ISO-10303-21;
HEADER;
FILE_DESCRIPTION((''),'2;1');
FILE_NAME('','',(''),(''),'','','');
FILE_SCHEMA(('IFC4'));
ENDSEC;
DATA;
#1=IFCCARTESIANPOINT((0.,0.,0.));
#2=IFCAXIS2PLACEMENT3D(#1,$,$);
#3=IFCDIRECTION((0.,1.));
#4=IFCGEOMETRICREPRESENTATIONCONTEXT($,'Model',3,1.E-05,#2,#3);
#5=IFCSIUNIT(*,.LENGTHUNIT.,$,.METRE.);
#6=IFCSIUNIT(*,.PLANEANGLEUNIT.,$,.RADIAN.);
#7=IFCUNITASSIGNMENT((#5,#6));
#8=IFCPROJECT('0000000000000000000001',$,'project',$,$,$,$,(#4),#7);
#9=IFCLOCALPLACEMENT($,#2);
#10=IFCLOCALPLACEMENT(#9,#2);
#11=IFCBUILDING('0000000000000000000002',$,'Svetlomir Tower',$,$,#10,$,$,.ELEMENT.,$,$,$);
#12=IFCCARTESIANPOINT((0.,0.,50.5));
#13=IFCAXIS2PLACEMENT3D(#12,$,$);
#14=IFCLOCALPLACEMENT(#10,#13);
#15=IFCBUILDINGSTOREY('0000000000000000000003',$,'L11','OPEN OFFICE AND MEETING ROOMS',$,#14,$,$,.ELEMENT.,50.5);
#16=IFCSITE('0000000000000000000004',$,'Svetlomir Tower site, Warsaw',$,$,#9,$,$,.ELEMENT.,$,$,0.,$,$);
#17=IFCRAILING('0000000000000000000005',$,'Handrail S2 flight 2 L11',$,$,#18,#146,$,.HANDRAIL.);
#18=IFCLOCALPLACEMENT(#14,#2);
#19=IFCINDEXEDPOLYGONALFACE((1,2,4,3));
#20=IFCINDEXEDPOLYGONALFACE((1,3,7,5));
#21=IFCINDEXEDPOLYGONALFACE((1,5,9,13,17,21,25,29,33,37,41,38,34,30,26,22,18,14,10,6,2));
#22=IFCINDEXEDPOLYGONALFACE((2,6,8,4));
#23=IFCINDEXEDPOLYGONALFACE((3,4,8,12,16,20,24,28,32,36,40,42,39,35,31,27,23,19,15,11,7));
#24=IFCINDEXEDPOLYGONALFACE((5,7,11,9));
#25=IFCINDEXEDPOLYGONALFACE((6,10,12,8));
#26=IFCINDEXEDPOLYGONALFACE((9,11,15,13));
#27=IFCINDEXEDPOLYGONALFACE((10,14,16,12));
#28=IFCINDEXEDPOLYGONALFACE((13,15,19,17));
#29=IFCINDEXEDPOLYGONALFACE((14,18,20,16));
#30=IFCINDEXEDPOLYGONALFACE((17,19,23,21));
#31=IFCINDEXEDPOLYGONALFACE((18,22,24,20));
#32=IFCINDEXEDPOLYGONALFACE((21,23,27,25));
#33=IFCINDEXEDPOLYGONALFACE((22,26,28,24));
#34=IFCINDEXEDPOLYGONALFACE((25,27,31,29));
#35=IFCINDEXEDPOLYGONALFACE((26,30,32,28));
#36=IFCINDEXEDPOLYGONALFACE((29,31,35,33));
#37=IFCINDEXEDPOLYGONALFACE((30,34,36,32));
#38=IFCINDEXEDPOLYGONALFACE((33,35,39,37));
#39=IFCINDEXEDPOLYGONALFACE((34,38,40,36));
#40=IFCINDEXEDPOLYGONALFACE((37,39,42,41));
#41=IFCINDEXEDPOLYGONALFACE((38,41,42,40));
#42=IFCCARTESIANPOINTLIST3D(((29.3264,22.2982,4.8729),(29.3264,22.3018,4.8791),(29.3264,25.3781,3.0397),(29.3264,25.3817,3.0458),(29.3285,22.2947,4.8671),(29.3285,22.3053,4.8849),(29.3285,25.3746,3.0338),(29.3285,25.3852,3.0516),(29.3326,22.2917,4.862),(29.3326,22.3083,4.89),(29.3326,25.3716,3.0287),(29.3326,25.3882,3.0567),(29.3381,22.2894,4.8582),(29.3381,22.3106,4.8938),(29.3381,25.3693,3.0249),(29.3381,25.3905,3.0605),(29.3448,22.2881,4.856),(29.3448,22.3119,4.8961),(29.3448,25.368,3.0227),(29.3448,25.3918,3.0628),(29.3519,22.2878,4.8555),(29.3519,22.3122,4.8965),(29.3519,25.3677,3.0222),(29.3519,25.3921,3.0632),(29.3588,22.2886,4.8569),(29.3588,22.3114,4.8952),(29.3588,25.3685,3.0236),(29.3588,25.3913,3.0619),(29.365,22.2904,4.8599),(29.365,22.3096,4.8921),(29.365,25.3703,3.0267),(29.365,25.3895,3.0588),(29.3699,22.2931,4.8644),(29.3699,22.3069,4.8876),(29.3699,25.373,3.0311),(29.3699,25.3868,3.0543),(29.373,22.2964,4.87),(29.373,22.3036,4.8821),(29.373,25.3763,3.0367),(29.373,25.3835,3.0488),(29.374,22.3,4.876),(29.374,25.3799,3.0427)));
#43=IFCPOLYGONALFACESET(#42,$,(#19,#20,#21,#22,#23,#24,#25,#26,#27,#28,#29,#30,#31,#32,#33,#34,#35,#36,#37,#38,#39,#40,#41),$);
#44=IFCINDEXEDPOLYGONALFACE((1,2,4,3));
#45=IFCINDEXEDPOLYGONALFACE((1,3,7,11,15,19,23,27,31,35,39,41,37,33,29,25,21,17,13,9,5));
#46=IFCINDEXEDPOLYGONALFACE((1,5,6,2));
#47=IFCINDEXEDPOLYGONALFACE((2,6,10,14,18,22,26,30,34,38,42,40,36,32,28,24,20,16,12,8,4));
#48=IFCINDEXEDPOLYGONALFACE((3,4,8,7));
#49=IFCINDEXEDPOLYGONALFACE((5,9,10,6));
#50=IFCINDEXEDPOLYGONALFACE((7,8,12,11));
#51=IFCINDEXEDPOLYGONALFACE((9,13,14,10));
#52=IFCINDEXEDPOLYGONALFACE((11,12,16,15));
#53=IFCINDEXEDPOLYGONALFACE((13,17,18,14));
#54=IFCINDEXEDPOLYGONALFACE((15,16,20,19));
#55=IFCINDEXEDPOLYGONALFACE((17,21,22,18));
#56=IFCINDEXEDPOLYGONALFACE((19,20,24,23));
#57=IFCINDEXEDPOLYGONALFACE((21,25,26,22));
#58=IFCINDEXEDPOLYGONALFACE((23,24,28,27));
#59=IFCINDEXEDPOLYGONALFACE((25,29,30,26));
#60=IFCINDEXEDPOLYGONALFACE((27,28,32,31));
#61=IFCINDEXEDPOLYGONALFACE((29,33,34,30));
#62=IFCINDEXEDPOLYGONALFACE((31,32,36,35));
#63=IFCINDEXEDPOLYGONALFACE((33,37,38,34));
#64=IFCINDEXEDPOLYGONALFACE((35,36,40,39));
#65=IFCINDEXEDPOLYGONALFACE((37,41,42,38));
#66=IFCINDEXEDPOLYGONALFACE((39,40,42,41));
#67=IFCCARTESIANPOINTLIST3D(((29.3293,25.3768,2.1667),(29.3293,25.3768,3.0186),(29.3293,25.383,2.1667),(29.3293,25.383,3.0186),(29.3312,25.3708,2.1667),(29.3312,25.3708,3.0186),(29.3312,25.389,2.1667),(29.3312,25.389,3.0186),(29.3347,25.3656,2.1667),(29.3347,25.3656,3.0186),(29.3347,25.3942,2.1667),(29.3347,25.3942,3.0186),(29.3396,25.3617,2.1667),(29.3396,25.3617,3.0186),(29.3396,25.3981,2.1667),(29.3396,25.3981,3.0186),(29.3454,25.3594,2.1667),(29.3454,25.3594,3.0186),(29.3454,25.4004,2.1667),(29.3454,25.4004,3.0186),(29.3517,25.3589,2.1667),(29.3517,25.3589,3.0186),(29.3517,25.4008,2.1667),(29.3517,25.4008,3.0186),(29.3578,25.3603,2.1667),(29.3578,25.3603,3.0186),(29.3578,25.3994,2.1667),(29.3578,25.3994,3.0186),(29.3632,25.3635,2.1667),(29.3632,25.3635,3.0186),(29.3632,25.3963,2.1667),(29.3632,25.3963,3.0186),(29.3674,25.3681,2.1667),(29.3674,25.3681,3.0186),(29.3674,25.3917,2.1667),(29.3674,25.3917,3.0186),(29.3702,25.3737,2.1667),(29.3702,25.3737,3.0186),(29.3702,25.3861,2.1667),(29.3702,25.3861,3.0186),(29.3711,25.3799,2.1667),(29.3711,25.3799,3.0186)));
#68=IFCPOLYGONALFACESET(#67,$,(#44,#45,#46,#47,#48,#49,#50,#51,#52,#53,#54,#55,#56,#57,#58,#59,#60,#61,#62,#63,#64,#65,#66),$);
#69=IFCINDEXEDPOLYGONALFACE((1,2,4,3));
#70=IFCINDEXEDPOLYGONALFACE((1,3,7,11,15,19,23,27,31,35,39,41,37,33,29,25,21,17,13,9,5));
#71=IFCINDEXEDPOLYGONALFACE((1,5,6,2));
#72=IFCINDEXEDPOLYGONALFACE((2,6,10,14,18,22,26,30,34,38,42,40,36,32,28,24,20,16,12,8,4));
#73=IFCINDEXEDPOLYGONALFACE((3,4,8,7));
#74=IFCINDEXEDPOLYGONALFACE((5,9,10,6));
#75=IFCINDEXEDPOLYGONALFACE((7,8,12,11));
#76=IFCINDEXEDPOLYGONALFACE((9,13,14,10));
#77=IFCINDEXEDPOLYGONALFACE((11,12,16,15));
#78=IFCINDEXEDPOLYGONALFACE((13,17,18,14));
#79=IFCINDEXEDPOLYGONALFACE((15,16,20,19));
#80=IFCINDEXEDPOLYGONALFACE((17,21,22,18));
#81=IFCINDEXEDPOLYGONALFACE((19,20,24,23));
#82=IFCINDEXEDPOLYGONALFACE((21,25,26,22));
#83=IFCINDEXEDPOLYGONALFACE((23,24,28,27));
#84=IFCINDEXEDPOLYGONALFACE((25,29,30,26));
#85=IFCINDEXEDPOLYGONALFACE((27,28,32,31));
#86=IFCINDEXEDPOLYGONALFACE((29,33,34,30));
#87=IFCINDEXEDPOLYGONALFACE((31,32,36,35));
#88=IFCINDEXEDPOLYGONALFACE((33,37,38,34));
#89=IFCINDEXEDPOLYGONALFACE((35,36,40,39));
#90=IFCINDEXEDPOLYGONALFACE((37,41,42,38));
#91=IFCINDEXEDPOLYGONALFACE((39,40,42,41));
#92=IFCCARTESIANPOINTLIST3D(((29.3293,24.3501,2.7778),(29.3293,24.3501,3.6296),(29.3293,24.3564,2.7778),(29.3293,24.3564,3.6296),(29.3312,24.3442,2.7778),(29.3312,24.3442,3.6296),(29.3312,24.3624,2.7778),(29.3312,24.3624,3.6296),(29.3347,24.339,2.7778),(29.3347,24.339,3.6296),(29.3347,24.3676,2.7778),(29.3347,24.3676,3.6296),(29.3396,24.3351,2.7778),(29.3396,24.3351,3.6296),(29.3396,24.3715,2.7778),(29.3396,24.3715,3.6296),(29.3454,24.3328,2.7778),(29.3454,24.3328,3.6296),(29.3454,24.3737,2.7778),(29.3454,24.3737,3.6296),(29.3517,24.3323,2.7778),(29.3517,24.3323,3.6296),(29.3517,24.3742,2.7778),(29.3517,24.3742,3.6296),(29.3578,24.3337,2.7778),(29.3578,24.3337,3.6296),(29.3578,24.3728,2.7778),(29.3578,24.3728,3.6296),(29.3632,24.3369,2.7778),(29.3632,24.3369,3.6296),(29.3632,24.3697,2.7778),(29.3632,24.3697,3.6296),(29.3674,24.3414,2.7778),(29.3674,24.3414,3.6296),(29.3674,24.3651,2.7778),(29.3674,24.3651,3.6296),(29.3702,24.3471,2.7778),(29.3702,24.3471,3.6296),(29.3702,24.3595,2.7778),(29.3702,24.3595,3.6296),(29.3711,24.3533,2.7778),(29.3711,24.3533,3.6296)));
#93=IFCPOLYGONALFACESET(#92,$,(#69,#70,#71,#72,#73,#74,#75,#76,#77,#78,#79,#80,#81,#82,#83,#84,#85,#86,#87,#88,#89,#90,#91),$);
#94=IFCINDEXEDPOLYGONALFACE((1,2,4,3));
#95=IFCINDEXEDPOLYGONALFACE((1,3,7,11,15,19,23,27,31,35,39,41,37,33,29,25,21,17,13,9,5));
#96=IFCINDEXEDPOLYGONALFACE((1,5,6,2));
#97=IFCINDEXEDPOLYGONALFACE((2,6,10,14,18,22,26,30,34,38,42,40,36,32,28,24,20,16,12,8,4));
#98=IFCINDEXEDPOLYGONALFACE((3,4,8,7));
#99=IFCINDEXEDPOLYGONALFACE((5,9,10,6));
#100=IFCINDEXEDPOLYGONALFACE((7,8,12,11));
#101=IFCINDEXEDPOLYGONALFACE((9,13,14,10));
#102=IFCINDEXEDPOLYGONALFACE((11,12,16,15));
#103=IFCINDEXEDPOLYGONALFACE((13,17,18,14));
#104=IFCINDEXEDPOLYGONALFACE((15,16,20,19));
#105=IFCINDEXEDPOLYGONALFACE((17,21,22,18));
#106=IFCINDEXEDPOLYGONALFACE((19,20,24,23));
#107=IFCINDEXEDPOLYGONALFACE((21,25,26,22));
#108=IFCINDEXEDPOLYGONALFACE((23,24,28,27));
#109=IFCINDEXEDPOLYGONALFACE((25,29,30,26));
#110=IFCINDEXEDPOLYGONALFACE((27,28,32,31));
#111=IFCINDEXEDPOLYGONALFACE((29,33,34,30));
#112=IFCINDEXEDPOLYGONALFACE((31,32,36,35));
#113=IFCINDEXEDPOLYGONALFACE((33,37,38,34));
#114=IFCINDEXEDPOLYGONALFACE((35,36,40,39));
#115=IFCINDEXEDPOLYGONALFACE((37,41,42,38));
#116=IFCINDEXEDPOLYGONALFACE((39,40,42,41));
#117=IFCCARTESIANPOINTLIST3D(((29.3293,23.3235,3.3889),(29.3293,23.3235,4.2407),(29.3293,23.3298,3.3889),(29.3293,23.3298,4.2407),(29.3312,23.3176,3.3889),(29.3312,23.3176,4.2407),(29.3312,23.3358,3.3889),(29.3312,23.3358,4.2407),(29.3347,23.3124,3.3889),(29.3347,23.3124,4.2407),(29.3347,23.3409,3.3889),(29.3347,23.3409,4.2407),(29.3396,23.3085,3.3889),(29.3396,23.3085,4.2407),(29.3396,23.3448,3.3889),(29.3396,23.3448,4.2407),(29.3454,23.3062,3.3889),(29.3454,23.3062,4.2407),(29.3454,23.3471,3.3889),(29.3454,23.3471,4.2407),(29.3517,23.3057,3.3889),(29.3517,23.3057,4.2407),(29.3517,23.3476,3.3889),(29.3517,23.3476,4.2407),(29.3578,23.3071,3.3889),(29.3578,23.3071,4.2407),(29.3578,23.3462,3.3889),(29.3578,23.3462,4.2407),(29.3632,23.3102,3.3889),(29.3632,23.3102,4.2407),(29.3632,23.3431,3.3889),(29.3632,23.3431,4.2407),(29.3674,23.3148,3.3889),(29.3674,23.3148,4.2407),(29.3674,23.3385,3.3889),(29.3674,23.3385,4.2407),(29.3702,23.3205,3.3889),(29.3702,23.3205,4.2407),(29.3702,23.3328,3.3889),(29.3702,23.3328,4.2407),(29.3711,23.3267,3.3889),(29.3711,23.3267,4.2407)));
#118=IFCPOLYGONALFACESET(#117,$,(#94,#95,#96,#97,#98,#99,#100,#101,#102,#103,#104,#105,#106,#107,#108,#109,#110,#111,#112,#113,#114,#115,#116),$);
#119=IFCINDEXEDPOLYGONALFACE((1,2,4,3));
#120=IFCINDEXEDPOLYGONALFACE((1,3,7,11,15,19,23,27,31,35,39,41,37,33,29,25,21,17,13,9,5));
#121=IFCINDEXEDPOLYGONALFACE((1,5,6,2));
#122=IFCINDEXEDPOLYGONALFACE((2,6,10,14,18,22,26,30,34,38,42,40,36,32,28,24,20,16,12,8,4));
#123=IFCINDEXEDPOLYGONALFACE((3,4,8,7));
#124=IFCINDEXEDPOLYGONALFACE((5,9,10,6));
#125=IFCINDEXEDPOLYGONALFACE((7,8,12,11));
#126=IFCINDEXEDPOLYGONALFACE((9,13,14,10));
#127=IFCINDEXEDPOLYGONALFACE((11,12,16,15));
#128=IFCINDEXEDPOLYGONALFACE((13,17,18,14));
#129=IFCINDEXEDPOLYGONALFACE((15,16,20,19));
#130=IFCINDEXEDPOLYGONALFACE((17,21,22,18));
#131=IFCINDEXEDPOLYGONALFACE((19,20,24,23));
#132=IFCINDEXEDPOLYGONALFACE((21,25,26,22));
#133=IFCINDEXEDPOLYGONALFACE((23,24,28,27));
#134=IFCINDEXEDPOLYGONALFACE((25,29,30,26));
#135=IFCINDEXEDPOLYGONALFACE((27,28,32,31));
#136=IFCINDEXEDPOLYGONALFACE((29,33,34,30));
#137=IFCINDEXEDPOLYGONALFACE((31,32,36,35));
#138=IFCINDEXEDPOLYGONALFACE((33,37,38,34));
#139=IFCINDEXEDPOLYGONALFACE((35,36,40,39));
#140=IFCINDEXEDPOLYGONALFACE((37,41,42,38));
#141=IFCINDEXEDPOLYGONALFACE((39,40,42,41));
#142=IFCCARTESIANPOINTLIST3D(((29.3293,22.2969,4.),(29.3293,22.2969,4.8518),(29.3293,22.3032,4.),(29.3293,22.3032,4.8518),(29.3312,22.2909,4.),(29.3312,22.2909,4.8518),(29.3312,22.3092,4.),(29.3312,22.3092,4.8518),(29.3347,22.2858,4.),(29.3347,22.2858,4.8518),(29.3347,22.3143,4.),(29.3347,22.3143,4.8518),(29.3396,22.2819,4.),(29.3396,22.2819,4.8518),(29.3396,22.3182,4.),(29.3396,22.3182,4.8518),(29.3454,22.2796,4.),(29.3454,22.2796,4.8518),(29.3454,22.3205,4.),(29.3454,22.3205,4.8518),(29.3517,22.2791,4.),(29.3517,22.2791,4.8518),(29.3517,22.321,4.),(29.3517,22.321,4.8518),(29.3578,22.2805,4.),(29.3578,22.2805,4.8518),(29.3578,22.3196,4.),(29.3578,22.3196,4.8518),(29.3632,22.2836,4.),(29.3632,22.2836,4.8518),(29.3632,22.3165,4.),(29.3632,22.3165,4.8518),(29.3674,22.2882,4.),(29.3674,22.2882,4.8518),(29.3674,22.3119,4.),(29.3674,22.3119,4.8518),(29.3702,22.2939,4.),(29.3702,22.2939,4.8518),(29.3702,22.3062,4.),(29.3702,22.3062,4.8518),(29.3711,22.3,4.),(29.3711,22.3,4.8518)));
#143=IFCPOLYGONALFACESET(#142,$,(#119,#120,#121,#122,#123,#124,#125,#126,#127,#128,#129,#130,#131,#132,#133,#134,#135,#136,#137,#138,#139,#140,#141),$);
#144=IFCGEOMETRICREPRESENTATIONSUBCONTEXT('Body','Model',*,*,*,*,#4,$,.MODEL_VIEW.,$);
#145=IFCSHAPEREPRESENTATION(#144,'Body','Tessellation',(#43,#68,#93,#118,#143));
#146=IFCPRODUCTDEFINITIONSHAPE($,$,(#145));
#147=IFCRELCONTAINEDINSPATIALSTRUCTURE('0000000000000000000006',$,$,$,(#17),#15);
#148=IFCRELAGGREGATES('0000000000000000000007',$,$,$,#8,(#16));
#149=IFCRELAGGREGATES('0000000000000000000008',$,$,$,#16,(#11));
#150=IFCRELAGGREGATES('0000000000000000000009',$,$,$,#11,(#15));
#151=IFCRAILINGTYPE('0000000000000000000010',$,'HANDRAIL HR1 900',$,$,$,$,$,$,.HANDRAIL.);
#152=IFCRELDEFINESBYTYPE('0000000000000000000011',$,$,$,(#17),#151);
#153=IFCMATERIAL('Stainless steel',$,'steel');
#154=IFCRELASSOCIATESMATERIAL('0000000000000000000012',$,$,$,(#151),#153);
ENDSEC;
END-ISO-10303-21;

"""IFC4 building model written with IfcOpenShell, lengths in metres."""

from ifc_helpers import new_model, si_unit, direction, frame, origin, origin_2d, place, context, subcontext, project, spatial, circle, extrude, material, type_object, element, save


model = new_model("IFC4")

# Units and contexts
model_context = context("Model", 3, precision=1e-05, world=origin(), true_north=direction((0.0, 1.0)))
body_context = subcontext(model_context, "Body", "Model", "MODEL_VIEW")
ifc_project = project(units=[si_unit("LENGTHUNIT", "METRE"), si_unit("PLANEANGLEUNIT", "RADIAN")], contexts=[model_context])

# Site, building, storey
site_placement = place(None, origin())
site = spatial("IfcSite", under=ifc_project, at=site_placement, Name="Svetlomir Tower site, Warsaw", CompositionType="ELEMENT", RefElevation=0.0)
building_placement = place(site_placement, origin())
building = spatial("IfcBuilding", under=site, at=building_placement, Name="Svetlomir Tower", CompositionType="ELEMENT")
storey_placement = place(building_placement, frame((0.0, 0.0, 50.5)))
storey = spatial("IfcBuildingStorey", under=building, at=storey_placement, Name="L11", Description="OPEN OFFICE AND MEETING ROOMS", CompositionType="ELEMENT", Elevation=50.5)

# Railing
ifc_material_1 = material(Name="Stainless steel", Category="steel")
railing_type = type_object("IfcRailingType", Name="HANDRAIL HR1 900", PredefinedType="HANDRAIL", material=ifc_material_1)
railing_1_placement = place(storey_placement, frame((29.3501, 25.3799, 2.1667)))
element("IfcRailing", 1, at=railing_1_placement, inside=storey, type_object=railing_type, Name="Handrail S2 flight 2 L11", PredefinedType="HANDRAIL", context=body_context, shape_type="SweptSolid", body=[
    extrude(circle(Radius=0.0239, at=origin_2d()), frame((0.0, 0.0, 0.876), z_axis=(0.0, -0.859291, 0.511487), x_axis=(1.0, 0.0, 0.0)), (0.0, 0.0, 1.0), 3.5842),
    extrude(circle(Radius=0.021, at=origin_2d()), origin(), (0.0, 0.0, 1.0), 0.8518),
    extrude(circle(Radius=0.021, at=origin_2d()), frame((0.0, -1.0266, 0.6111)), (0.0, 0.0, 1.0), 0.8518),
    extrude(circle(Radius=0.021, at=origin_2d()), frame((0.0, -2.0532, 1.2222)), (0.0, 0.0, 1.0), 0.8518),
    extrude(circle(Radius=0.021, at=origin_2d()), frame((0.0, -3.0798, 1.8333)), (0.0, 0.0, 1.0), 0.8518),
])

save(model, "model.ifc")
